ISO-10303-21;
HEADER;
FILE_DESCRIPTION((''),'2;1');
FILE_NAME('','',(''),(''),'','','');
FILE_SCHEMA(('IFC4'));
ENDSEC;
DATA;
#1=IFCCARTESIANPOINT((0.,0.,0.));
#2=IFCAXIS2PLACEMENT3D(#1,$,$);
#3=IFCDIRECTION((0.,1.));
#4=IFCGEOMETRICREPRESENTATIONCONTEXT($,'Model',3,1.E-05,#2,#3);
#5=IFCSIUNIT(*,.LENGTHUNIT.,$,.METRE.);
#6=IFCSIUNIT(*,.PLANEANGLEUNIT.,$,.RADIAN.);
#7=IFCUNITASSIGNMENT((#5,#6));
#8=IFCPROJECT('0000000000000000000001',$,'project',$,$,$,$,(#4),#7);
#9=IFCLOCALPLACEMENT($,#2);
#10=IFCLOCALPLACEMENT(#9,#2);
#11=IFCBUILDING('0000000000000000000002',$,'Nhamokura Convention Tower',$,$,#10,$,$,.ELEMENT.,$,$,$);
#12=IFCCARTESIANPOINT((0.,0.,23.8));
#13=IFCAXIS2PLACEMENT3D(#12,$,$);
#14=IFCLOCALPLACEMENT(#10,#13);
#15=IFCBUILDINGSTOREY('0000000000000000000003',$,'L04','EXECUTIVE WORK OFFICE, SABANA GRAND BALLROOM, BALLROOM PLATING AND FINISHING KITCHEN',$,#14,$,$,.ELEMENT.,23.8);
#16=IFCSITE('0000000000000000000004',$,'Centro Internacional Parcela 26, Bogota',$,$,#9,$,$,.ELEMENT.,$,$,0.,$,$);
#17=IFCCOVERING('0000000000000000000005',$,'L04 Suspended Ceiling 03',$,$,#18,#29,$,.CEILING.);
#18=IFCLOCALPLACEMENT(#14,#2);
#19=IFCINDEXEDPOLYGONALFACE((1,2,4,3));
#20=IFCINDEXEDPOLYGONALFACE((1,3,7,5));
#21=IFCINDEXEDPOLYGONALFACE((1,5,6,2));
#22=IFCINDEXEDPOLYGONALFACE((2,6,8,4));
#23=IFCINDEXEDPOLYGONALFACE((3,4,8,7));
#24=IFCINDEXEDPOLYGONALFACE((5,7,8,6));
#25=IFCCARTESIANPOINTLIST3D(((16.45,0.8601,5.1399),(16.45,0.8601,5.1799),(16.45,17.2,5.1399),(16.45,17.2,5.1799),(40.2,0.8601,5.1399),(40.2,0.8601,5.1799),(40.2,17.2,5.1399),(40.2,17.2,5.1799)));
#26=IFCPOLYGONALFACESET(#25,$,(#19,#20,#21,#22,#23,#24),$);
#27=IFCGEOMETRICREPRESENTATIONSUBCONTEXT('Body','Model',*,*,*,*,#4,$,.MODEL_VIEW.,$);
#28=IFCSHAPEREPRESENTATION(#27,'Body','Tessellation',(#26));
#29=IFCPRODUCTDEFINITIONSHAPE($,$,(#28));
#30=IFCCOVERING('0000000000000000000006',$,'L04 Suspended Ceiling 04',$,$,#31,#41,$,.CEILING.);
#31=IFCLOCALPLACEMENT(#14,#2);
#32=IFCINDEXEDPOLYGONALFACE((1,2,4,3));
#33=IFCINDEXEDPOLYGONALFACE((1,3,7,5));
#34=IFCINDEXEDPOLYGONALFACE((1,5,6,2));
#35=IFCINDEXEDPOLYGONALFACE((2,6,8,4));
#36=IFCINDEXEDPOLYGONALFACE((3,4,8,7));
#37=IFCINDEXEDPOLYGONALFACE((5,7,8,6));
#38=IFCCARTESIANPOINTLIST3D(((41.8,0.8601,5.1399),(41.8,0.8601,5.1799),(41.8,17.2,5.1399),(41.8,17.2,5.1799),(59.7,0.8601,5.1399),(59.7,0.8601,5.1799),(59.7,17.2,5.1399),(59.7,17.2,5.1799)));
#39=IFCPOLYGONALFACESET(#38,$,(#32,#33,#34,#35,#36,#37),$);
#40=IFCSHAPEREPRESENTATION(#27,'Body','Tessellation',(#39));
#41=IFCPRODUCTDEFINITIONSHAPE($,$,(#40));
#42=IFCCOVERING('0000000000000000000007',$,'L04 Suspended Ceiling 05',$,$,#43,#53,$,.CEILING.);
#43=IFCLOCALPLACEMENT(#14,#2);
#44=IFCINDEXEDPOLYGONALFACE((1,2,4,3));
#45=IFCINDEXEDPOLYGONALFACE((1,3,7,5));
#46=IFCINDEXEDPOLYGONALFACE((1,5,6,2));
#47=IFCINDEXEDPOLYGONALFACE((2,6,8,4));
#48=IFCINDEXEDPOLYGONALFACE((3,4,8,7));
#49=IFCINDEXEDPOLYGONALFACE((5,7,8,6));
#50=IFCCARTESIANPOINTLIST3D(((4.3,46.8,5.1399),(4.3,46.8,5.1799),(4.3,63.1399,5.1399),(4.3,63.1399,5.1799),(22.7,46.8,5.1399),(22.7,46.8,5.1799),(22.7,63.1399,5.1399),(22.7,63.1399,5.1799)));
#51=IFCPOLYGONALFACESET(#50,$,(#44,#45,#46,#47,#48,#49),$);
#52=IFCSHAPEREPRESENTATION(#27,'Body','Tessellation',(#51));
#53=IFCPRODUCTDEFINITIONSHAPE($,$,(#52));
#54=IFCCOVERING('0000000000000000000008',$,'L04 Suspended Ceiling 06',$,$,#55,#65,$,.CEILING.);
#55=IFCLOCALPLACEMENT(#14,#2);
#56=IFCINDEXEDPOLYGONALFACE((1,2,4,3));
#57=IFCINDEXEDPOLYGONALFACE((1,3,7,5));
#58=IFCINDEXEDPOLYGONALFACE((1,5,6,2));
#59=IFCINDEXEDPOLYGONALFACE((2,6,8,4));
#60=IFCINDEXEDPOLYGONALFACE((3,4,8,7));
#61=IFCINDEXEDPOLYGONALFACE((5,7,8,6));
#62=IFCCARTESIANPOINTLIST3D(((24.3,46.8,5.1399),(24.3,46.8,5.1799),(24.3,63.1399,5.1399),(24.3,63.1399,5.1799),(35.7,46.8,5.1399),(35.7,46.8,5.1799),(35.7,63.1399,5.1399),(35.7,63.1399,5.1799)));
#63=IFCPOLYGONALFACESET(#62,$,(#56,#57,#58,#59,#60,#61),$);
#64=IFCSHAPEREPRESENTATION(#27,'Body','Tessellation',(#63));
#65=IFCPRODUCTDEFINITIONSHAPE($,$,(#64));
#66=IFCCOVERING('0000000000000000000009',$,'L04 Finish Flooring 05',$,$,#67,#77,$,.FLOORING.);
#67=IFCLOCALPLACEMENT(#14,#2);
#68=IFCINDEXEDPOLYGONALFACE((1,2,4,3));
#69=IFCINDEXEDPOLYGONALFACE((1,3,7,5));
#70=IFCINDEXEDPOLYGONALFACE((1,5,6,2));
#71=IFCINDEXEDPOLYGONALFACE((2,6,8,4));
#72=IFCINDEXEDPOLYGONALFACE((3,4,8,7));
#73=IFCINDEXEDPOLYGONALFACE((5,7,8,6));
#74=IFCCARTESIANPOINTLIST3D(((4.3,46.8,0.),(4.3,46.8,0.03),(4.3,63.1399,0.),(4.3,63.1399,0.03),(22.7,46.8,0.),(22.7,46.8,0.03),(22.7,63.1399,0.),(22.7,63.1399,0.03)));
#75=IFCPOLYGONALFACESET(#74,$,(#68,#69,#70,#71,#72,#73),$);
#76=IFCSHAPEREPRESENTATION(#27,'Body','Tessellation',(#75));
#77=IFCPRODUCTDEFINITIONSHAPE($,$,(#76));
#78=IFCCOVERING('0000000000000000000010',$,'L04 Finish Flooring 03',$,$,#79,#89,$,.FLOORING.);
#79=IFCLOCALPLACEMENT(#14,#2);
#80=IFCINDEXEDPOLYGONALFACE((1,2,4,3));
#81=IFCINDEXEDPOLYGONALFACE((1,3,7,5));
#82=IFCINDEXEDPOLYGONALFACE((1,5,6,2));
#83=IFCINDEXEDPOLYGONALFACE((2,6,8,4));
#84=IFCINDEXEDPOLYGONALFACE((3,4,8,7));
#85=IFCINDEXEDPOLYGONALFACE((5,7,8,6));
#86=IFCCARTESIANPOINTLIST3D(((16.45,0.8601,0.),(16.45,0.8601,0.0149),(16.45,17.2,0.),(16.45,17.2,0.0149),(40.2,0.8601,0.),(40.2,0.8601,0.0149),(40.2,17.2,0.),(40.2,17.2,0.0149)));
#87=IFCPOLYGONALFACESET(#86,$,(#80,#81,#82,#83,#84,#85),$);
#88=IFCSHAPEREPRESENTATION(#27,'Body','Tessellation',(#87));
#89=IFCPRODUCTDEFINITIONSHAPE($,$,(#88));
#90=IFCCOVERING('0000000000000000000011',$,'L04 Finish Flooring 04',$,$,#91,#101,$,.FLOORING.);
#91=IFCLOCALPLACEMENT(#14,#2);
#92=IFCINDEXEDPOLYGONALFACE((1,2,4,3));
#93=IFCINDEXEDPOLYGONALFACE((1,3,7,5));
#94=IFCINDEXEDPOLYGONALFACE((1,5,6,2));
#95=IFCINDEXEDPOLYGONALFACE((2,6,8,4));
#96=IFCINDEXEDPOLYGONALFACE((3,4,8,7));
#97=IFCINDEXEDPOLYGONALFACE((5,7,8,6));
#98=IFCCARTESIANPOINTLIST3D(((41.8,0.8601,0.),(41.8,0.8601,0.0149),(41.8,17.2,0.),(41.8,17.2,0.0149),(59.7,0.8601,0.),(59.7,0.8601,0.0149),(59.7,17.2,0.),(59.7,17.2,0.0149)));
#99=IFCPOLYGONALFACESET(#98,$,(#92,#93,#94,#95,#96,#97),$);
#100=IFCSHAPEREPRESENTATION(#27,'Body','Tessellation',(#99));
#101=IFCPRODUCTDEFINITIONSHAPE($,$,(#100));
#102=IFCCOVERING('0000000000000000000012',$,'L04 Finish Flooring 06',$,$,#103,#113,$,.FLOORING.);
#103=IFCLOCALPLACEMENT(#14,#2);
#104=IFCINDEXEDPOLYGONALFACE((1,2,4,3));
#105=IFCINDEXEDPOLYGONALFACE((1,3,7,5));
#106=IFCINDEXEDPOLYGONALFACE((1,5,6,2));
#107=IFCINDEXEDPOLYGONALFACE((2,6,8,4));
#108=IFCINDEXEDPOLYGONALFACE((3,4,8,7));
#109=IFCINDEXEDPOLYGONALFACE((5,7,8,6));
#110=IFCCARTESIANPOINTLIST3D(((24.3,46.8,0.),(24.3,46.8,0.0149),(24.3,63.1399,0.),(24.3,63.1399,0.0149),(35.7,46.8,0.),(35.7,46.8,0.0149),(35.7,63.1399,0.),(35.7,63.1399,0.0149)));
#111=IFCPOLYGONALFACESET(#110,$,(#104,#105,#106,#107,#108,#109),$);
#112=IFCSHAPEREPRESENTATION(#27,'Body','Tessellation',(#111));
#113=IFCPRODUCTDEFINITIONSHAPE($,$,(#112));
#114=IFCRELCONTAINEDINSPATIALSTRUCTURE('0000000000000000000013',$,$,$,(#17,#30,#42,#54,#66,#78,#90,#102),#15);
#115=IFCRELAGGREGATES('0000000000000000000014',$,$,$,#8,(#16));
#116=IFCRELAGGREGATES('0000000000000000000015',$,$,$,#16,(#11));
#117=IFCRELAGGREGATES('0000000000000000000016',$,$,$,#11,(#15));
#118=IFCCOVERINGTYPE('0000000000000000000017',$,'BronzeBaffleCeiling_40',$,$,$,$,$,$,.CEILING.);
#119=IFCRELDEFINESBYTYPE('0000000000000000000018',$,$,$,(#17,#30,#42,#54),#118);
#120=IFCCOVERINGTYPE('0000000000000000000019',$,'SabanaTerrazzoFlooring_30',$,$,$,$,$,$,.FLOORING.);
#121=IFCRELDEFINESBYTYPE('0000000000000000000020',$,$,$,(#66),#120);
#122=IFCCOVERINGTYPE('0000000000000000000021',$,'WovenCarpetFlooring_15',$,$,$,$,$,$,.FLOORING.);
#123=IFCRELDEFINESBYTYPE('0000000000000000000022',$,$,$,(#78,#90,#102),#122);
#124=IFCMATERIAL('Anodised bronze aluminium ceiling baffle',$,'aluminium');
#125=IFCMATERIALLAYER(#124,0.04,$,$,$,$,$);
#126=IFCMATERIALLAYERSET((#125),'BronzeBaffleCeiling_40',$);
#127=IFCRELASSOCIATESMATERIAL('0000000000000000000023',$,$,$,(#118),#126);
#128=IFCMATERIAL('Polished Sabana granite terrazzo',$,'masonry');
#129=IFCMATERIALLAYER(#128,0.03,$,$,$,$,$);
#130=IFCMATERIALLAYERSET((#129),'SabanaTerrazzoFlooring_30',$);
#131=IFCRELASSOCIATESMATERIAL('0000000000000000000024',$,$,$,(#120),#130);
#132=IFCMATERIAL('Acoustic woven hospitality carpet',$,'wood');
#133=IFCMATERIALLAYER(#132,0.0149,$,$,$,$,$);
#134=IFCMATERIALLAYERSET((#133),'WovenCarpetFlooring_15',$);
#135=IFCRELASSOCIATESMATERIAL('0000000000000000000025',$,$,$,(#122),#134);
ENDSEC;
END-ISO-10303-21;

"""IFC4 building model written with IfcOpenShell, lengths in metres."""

from ifc_helpers import new_model, si_unit, direction, frame, origin, place, context, subcontext, project, spatial, polyline, outline, extrude, material, layer, layer_set, type_object, element, save


model = new_model("IFC4")

# Units and contexts
model_context = context("Model", 3, precision=1e-05, world=origin(), true_north=direction((0.0, 1.0)))
body_context = subcontext(model_context, "Body", "Model", "MODEL_VIEW")
ifc_project = project(units=[si_unit("LENGTHUNIT", "METRE"), si_unit("PLANEANGLEUNIT", "RADIAN")], contexts=[model_context])

# Site, building, storey
site_placement = place(None, origin())
site = spatial("IfcSite", under=ifc_project, at=site_placement, Name="Centro Internacional Parcela 26, Bogota", CompositionType="ELEMENT", RefElevation=0.0)
building_placement = place(site_placement, origin())
building = spatial("IfcBuilding", under=site, at=building_placement, Name="Nhamokura Convention Tower", CompositionType="ELEMENT")
storey_placement = place(building_placement, frame((0.0, 0.0, 23.8)))
storey = spatial("IfcBuildingStorey", under=building, at=storey_placement, Name="L04", Description="EXECUTIVE WORK OFFICE, SABANA GRAND BALLROOM, BALLROOM PLATING AND FINISHING KITCHEN", CompositionType="ELEMENT", Elevation=23.8)

# Coverings
ifc_material_1 = material(Name="Anodised bronze aluminium ceiling baffle", Category="aluminium")
ifc_layer_1 = layer(ifc_material_1, 0.04)
ifc_layer_set_1 = layer_set([ifc_layer_1], Name="BronzeBaffleCeiling_40")
covering_type_1 = type_object("IfcCoveringType", Name="BronzeBaffleCeiling_40", PredefinedType="CEILING", material=ifc_layer_set_1)
covering_1_placement = place(storey_placement, frame((0.0, 0.0, 5.1399)))
element("IfcCovering", 1, at=covering_1_placement, inside=storey, type_object=covering_type_1, Name="L04 Suspended Ceiling 03", PredefinedType="CEILING", context=body_context, shape_type="SweptSolid", body=[
    extrude(outline(polyline([(16.45, 0.8601), (40.2, 0.8601), (40.2, 17.2), (16.45, 17.2), (16.45, 0.8601)])), origin(), (0.0, 0.0, 1.0), 0.04),
])
covering_2_placement = place(storey_placement, frame((0.0, 0.0, 5.1399)))
element("IfcCovering", 2, at=covering_2_placement, inside=storey, type_object=covering_type_1, Name="L04 Suspended Ceiling 04", PredefinedType="CEILING", context=body_context, shape_type="SweptSolid", body=[
    extrude(outline(polyline([(41.8, 0.8601), (59.7, 0.8601), (59.7, 17.2), (41.8, 17.2), (41.8, 0.8601)])), origin(), (0.0, 0.0, 1.0), 0.04),
])
covering_3_placement = place(storey_placement, frame((0.0, 0.0, 5.1399)))
element("IfcCovering", 3, at=covering_3_placement, inside=storey, type_object=covering_type_1, Name="L04 Suspended Ceiling 05", PredefinedType="CEILING", context=body_context, shape_type="SweptSolid", body=[
    extrude(outline(polyline([(4.3, 46.8), (22.7, 46.8), (22.7, 63.1399), (4.3, 63.1399), (4.3, 46.8)])), origin(), (0.0, 0.0, 1.0), 0.04),
])
covering_4_placement = place(storey_placement, frame((0.0, 0.0, 5.1399)))
element("IfcCovering", 4, at=covering_4_placement, inside=storey, type_object=covering_type_1, Name="L04 Suspended Ceiling 06", PredefinedType="CEILING", context=body_context, shape_type="SweptSolid", body=[
    extrude(outline(polyline([(24.3, 46.8), (35.7, 46.8), (35.7, 63.1399), (24.3, 63.1399), (24.3, 46.8)])), origin(), (0.0, 0.0, 1.0), 0.04),
])
ifc_material_2 = material(Name="Polished Sabana granite terrazzo", Category="masonry")
ifc_layer_2 = layer(ifc_material_2, 0.03)
ifc_layer_set_2 = layer_set([ifc_layer_2], Name="SabanaTerrazzoFlooring_30")
covering_type_2 = type_object("IfcCoveringType", Name="SabanaTerrazzoFlooring_30", PredefinedType="FLOORING", material=ifc_layer_set_2)
covering_5_placement = place(storey_placement, origin())
element("IfcCovering", 5, at=covering_5_placement, inside=storey, type_object=covering_type_2, Name="L04 Finish Flooring 05", PredefinedType="FLOORING", context=body_context, shape_type="SweptSolid", body=[
    extrude(outline(polyline([(4.3, 46.8), (22.7, 46.8), (22.7, 63.1399), (4.3, 63.1399), (4.3, 46.8)])), origin(), (0.0, 0.0, 1.0), 0.03),
])
ifc_material_3 = material(Name="Acoustic woven hospitality carpet", Category="wood")
ifc_layer_3 = layer(ifc_material_3, 0.0149)
ifc_layer_set_3 = layer_set([ifc_layer_3], Name="WovenCarpetFlooring_15")
covering_type_3 = type_object("IfcCoveringType", Name="WovenCarpetFlooring_15", PredefinedType="FLOORING", material=ifc_layer_set_3)
covering_6_placement = place(storey_placement, origin())
element("IfcCovering", 6, at=covering_6_placement, inside=storey, type_object=covering_type_3, Name="L04 Finish Flooring 03", PredefinedType="FLOORING", context=body_context, shape_type="SweptSolid", body=[
    extrude(outline(polyline([(16.45, 0.8601), (40.2, 0.8601), (40.2, 17.2), (16.45, 17.2), (16.45, 0.8601)])), origin(), (0.0, 0.0, 1.0), 0.0149),
])
covering_7_placement = place(storey_placement, origin())
element("IfcCovering", 7, at=covering_7_placement, inside=storey, type_object=covering_type_3, Name="L04 Finish Flooring 04", PredefinedType="FLOORING", context=body_context, shape_type="SweptSolid", body=[
    extrude(outline(polyline([(41.8, 0.8601), (59.7, 0.8601), (59.7, 17.2), (41.8, 17.2), (41.8, 0.8601)])), origin(), (0.0, 0.0, 1.0), 0.0149),
])
covering_8_placement = place(storey_placement, origin())
element("IfcCovering", 8, at=covering_8_placement, inside=storey, type_object=covering_type_3, Name="L04 Finish Flooring 06", PredefinedType="FLOORING", context=body_context, shape_type="SweptSolid", body=[
    extrude(outline(polyline([(24.3, 46.8), (35.7, 46.8), (35.7, 63.1399), (24.3, 63.1399), (24.3, 46.8)])), origin(), (0.0, 0.0, 1.0), 0.0149),
])

save(model, "model.ifc")
